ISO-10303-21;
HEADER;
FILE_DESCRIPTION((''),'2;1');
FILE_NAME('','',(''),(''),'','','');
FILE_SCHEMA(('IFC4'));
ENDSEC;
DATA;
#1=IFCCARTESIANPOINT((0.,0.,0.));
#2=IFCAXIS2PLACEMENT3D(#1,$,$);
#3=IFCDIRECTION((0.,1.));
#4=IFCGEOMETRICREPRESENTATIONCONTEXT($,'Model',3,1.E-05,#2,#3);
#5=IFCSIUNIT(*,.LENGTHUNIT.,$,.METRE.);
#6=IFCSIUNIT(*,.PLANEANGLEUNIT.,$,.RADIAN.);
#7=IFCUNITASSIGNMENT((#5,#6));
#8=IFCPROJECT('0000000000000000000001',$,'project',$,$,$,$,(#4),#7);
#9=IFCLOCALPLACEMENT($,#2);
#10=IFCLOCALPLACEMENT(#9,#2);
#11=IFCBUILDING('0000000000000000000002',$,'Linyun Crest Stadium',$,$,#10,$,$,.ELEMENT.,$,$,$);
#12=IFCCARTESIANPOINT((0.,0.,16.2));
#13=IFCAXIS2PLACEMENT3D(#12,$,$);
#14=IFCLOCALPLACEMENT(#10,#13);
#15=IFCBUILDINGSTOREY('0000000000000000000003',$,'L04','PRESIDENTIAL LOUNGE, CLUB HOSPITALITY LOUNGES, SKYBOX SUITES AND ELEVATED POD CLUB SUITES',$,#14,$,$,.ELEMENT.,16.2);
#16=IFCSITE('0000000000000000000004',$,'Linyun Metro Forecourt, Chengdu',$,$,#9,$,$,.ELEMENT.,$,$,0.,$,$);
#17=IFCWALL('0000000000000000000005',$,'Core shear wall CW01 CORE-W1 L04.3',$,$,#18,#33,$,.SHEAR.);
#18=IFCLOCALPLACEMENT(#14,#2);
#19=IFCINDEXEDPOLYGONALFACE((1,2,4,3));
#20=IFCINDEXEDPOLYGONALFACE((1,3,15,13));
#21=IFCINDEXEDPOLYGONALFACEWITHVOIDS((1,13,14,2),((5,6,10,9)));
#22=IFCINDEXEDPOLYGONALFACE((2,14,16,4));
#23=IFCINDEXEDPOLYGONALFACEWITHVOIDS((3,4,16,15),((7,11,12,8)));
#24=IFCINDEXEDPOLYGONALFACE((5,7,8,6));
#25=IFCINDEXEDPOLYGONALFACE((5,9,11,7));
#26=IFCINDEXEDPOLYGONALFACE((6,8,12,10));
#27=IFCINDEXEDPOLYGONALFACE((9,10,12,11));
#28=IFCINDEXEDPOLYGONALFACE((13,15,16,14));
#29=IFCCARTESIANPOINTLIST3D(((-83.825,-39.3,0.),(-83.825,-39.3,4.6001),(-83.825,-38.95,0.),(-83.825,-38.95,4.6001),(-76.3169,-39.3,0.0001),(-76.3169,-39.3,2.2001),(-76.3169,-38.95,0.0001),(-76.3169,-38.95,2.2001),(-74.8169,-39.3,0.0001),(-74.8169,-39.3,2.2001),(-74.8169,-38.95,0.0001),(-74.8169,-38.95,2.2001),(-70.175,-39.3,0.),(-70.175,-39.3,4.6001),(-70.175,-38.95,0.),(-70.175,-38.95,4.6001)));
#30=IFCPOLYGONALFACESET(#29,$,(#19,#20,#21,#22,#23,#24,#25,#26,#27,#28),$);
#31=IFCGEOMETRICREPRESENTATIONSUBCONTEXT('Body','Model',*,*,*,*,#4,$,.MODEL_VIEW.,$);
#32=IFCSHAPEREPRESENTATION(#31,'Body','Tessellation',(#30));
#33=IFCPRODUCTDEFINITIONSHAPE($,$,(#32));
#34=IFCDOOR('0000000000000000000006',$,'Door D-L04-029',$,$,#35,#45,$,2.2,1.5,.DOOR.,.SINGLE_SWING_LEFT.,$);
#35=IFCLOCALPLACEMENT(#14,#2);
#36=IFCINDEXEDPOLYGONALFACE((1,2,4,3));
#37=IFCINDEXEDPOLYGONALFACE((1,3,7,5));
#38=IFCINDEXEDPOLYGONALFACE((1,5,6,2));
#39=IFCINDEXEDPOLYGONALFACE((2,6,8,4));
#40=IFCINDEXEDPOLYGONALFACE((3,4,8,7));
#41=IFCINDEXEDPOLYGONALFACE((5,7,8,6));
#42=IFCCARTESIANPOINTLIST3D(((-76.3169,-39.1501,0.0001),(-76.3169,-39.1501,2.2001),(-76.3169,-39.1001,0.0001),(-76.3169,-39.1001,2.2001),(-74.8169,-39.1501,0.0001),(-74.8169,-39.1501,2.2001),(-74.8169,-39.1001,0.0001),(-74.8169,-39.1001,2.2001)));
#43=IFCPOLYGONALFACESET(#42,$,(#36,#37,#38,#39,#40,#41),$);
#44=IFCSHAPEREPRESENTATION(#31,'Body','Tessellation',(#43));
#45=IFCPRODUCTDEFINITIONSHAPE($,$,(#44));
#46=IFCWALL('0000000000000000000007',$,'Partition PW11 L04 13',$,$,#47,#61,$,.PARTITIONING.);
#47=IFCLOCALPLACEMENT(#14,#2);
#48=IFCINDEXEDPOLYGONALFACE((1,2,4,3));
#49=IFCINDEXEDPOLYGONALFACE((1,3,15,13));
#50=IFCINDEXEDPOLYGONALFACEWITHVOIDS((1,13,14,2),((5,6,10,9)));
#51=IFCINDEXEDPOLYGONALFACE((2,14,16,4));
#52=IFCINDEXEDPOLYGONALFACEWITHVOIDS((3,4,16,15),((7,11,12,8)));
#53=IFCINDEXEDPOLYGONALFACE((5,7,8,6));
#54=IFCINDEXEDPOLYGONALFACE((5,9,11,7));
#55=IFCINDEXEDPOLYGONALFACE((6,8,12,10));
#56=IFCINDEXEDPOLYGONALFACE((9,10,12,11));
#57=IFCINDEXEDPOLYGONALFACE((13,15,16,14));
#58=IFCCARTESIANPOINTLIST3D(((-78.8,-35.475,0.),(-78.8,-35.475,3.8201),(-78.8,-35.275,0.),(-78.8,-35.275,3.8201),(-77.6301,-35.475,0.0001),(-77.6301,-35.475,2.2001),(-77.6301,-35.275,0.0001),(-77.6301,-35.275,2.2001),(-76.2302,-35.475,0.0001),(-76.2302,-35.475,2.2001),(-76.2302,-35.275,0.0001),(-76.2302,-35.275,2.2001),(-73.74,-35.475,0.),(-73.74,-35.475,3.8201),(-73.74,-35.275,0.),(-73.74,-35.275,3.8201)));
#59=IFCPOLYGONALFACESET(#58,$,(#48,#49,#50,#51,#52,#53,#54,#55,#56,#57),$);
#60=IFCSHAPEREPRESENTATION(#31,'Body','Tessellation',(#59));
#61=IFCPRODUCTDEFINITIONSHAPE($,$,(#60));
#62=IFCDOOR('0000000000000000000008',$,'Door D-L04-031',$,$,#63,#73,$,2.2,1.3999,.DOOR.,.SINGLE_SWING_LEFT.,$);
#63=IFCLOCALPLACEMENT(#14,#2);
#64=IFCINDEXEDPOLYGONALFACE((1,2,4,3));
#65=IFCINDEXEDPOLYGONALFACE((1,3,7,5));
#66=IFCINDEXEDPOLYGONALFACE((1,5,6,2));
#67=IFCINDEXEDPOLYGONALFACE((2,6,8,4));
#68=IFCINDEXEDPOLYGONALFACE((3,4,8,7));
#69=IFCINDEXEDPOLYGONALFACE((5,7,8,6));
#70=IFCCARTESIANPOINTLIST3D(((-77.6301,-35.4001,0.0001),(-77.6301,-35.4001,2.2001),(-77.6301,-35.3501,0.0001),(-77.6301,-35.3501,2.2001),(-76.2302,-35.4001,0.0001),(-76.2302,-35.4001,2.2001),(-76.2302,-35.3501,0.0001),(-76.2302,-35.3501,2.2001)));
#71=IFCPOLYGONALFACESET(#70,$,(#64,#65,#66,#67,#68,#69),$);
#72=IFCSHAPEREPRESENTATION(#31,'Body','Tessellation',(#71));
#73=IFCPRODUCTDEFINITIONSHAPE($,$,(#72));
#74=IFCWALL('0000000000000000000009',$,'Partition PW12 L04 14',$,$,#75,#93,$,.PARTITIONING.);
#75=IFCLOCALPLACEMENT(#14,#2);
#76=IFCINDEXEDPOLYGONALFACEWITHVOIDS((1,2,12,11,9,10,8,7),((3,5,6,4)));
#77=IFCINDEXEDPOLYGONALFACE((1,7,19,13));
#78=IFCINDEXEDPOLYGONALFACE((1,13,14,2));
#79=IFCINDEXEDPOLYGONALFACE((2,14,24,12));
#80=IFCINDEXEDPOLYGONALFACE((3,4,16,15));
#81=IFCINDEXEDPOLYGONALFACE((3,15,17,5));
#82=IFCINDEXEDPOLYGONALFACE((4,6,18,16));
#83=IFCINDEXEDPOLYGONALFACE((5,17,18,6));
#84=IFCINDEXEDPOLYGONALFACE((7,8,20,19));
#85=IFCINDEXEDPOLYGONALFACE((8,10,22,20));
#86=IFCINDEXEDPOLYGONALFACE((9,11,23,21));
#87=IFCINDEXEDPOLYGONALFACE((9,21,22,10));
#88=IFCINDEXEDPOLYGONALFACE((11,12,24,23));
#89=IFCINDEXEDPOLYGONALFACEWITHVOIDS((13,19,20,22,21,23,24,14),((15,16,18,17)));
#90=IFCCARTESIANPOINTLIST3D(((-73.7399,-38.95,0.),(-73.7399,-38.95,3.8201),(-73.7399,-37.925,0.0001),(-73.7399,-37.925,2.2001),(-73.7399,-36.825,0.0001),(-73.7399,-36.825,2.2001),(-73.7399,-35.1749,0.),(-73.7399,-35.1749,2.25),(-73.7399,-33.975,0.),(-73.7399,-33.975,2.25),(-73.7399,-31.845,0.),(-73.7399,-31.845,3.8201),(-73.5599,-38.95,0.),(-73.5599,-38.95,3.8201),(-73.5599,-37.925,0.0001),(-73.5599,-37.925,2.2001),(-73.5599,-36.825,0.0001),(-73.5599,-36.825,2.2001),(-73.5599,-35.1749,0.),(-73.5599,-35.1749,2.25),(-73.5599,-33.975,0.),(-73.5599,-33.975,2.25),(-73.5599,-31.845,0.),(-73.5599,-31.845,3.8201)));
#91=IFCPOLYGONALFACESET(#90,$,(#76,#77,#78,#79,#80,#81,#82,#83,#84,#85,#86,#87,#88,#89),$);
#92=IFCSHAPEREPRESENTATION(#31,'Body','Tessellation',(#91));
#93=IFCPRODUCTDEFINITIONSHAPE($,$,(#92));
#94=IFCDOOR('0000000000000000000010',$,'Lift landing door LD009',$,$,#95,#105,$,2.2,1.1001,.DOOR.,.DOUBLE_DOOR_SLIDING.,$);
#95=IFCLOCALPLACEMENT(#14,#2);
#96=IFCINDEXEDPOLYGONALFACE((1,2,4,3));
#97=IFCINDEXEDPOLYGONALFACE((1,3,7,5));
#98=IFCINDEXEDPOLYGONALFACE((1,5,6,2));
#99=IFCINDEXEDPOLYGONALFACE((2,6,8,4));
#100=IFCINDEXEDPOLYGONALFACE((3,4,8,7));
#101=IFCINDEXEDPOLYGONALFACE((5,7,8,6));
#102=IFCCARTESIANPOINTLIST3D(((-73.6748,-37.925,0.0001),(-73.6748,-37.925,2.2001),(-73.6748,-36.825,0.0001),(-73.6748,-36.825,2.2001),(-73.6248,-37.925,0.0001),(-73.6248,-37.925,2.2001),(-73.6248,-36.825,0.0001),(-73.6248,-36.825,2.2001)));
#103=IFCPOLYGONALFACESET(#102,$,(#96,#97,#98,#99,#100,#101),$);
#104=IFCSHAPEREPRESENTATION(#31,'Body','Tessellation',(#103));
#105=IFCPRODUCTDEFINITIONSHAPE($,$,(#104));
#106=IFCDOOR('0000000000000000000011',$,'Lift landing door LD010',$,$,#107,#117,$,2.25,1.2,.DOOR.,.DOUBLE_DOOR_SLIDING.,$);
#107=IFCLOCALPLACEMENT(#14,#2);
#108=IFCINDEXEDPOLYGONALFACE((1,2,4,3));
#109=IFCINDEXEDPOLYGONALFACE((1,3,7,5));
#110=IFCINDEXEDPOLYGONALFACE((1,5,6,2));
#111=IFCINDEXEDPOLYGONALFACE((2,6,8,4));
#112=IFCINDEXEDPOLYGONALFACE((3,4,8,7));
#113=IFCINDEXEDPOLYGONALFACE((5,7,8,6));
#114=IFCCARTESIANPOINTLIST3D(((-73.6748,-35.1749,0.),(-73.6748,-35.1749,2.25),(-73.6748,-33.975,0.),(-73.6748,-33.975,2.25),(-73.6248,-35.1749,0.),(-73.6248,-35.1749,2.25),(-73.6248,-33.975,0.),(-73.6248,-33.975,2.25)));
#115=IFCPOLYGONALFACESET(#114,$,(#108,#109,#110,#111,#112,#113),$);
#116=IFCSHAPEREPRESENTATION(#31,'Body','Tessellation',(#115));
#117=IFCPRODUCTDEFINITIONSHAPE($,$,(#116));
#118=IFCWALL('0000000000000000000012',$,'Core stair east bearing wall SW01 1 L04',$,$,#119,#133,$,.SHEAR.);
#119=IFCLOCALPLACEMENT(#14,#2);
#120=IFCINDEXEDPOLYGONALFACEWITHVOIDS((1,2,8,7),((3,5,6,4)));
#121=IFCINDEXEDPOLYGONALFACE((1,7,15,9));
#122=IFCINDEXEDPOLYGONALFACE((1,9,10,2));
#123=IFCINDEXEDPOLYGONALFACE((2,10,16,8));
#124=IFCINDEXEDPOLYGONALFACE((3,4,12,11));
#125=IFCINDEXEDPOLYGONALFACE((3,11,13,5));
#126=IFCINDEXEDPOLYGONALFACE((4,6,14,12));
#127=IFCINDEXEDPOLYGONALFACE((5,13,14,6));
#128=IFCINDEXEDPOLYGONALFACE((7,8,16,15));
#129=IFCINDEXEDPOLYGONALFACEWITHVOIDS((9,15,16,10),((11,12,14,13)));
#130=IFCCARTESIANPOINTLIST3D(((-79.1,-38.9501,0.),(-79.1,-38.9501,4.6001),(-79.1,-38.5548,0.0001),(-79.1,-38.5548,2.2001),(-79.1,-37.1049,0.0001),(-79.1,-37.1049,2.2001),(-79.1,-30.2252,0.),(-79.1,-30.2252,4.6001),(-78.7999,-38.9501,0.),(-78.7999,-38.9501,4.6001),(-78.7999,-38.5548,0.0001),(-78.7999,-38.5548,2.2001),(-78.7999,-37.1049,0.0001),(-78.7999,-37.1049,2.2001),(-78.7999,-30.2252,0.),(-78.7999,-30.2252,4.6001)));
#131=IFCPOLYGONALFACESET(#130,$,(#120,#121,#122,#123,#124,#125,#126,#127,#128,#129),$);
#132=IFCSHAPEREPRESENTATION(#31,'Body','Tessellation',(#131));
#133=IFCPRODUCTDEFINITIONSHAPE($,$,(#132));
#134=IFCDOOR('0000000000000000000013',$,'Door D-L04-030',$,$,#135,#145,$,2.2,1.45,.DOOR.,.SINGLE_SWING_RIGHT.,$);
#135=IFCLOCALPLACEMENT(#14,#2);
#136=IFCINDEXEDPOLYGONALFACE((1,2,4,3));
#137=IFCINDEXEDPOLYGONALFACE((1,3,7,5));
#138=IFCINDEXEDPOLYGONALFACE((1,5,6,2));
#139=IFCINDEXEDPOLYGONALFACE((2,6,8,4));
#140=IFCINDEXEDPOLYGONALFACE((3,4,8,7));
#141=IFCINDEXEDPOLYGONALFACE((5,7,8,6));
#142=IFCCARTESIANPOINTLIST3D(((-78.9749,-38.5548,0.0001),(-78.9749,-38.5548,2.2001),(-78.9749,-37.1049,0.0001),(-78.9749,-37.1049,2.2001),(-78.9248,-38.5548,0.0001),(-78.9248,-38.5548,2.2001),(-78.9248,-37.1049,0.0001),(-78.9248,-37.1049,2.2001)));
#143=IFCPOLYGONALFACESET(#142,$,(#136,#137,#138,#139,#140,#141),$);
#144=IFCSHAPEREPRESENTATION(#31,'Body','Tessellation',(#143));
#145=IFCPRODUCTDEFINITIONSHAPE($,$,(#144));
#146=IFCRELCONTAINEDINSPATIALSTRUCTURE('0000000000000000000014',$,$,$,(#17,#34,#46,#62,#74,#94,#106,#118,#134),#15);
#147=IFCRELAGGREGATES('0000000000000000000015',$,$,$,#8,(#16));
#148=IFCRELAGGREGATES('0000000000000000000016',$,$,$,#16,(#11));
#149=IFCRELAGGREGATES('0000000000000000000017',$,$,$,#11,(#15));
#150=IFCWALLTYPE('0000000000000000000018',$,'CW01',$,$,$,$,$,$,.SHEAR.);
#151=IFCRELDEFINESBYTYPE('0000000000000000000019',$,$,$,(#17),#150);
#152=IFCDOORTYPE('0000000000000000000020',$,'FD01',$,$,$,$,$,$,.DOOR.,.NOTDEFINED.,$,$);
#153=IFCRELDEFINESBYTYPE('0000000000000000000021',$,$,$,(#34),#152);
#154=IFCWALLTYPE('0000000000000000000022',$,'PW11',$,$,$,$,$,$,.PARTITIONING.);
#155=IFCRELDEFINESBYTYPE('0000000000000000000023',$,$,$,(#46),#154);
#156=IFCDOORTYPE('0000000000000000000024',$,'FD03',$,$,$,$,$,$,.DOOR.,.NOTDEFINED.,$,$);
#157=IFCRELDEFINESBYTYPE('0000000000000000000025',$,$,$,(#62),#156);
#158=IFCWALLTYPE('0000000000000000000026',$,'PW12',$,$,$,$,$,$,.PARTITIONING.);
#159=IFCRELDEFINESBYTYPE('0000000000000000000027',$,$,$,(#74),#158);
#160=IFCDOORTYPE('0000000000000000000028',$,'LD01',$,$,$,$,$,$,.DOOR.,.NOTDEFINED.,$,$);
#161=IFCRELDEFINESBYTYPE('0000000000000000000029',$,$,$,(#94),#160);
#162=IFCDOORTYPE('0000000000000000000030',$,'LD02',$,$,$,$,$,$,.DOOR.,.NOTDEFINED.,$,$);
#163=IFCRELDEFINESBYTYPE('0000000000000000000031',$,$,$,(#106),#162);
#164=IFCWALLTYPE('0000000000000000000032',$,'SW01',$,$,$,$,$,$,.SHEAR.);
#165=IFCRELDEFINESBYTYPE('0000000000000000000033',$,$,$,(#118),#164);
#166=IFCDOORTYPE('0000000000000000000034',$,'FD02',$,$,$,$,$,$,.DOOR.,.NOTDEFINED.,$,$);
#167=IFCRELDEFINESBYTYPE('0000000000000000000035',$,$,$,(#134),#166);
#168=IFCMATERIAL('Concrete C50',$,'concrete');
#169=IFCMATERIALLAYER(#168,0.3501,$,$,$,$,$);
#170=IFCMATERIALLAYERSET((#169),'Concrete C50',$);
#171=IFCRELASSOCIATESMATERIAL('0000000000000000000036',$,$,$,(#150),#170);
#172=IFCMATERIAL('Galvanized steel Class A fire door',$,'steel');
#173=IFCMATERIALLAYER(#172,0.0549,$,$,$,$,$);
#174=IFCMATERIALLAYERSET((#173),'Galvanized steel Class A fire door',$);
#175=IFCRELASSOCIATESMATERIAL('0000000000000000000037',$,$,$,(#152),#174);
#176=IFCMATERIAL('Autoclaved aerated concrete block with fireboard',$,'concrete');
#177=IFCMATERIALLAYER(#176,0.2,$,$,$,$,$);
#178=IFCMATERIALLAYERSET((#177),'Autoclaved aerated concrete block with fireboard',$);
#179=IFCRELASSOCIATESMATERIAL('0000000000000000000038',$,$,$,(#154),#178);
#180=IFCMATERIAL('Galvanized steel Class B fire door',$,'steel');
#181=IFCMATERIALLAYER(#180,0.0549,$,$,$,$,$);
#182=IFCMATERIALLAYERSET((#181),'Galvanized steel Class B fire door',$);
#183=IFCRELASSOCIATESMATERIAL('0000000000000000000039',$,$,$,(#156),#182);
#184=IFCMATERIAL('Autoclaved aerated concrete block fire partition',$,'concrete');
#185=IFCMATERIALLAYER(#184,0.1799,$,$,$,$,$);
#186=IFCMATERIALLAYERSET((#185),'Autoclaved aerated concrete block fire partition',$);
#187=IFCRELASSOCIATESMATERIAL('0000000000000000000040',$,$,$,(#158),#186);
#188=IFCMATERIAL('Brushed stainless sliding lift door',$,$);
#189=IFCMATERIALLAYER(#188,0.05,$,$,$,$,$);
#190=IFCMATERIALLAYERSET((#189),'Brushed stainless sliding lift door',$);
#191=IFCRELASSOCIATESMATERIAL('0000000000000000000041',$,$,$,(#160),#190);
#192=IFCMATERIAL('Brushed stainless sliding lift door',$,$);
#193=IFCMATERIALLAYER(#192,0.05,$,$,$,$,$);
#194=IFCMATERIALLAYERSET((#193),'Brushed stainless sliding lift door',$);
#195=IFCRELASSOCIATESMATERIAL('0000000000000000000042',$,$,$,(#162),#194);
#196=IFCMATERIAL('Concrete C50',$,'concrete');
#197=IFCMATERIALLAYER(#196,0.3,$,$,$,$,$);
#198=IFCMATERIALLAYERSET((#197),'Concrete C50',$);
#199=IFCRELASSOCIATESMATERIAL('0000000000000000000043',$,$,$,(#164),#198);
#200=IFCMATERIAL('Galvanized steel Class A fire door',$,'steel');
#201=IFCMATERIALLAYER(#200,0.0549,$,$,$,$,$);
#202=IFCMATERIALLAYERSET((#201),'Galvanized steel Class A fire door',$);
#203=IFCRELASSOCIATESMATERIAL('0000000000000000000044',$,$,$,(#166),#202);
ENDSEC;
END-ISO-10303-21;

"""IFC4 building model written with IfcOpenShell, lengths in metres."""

from ifc_helpers import new_model, si_unit, direction, frame, frame_2d, origin, place, context, subcontext, project, spatial, rectangle, extrude, material, layer, layer_set, type_object, element, fill, save


model = new_model("IFC4")

# Units and contexts
model_context = context("Model", 3, precision=1e-05, world=origin(), true_north=direction((0.0, 1.0)))
body_context = subcontext(model_context, "Body", "Model", "MODEL_VIEW")
ifc_project = project(units=[si_unit("LENGTHUNIT", "METRE"), si_unit("PLANEANGLEUNIT", "RADIAN")], contexts=[model_context])

# Site, building, storey
site_placement = place(None, origin())
site = spatial("IfcSite", under=ifc_project, at=site_placement, Name="Linyun Metro Forecourt, Chengdu", CompositionType="ELEMENT", RefElevation=0.0)
building_placement = place(site_placement, origin())
building = spatial("IfcBuilding", under=site, at=building_placement, Name="Linyun Crest Stadium", CompositionType="ELEMENT")
storey_placement = place(building_placement, frame((0.0, 0.0, 16.2)))
storey = spatial("IfcBuildingStorey", under=building, at=storey_placement, Name="L04", Description="PRESIDENTIAL LOUNGE, CLUB HOSPITALITY LOUNGES, SKYBOX SUITES AND ELEVATED POD CLUB SUITES", CompositionType="ELEMENT", Elevation=16.2)

# Shared definitions
ifc_material_1 = material(Name="Concrete C50", Category="concrete")
ifc_layer_1 = layer(ifc_material_1, 0.3501)
ifc_layer_set_1 = layer_set([ifc_layer_1], Name="Concrete C50")
wall_type_1 = type_object("IfcWallType", Name="CW01", PredefinedType="SHEAR", material=ifc_layer_set_1)

# Walls, openings, doors
wall_1_placement = place(storey_placement, frame((-83.825, -39.125, 0.0), z_axis=(0.0, 0.0, 1.0), x_axis=(1.0, 0.0, 0.0)))
wall_1 = element("IfcWall", 1, at=wall_1_placement, inside=storey, type_object=wall_type_1, Name="Core shear wall CW01 CORE-W1 L04.3", PredefinedType="SHEAR", context=body_context, shape_type="SweptSolid", body=[
    extrude(rectangle(XDim=13.6499, YDim=0.3501, at=frame_2d((6.825, 0.0))), origin(), (0.0, 0.0, 1.0), 4.6001),
])
opening_1_placement = place(wall_1_placement, frame((7.5081, 0.0, 0.0)))
opening_1 = element("IfcOpeningElement", 2, at=opening_1_placement, cuts=wall_1, PredefinedType="OPENING", context=body_context, shape_type="SweptSolid", body=[
    extrude(rectangle(XDim=1.5, YDim=2.2, at=frame_2d((0.75, 1.1001))), frame((0.0, 0.1851, 0.0), z_axis=(0.0, -1.0, 0.0), x_axis=(1.0, 0.0, 0.0)), (0.0, 0.0, 1.0), 0.3701),
])
ifc_material_2 = material(Name="Galvanized steel Class A fire door", Category="steel")
ifc_layer_2 = layer(ifc_material_2, 0.0549)
ifc_layer_set_2 = layer_set([ifc_layer_2], Name="Galvanized steel Class A fire door")
door_type_1 = type_object("IfcDoorType", Name="FD01", OperationType="NOTDEFINED", PredefinedType="DOOR", material=ifc_layer_set_2)
door_1_placement = place(opening_1_placement, origin())
door_1 = element("IfcDoor", 3, at=door_1_placement, inside=storey, type_object=door_type_1, Name="Door D-L04-029", OperationType="SINGLE_SWING_LEFT", OverallHeight=2.2, OverallWidth=1.5, PredefinedType="DOOR", context=body_context, shape_type="SweptSolid", body=[
    extrude(rectangle(XDim=1.5, YDim=2.2, at=frame_2d((0.75, 1.1001))), frame((0.0, 0.0249, 0.0), z_axis=(0.0, -1.0, 0.0), x_axis=(1.0, 0.0, 0.0)), (0.0, 0.0, 1.0), 0.05),
])
fill(opening_1, door_1)
ifc_material_3 = material(Name="Autoclaved aerated concrete block with fireboard", Category="concrete")
ifc_layer_3 = layer(ifc_material_3, 0.2)
ifc_layer_set_3 = layer_set([ifc_layer_3], Name="Autoclaved aerated concrete block with fireboard")
wall_type_2 = type_object("IfcWallType", Name="PW11", PredefinedType="PARTITIONING", material=ifc_layer_set_3)
wall_2_placement = place(storey_placement, frame((-78.8, -35.375, 0.0), z_axis=(0.0, 0.0, 1.0), x_axis=(1.0, 0.0, 0.0)))
wall_2 = element("IfcWall", 4, at=wall_2_placement, inside=storey, type_object=wall_type_2, Name="Partition PW11 L04 13", PredefinedType="PARTITIONING", context=body_context, shape_type="SweptSolid", body=[
    extrude(rectangle(XDim=5.0601, YDim=0.2, at=frame_2d((2.53, 0.0))), origin(), (0.0, 0.0, 1.0), 3.8201),
])
opening_2_placement = place(wall_2_placement, frame((1.1699, 0.0, 0.0)))
opening_2 = element("IfcOpeningElement", 5, at=opening_2_placement, cuts=wall_2, PredefinedType="OPENING", context=body_context, shape_type="SweptSolid", body=[
    extrude(rectangle(XDim=1.3999, YDim=2.2, at=frame_2d((0.7, 1.1001))), frame((0.0, 0.1099, 0.0), z_axis=(0.0, -1.0, 0.0), x_axis=(1.0, 0.0, 0.0)), (0.0, 0.0, 1.0), 0.22),
])
ifc_material_4 = material(Name="Galvanized steel Class B fire door", Category="steel")
ifc_layer_4 = layer(ifc_material_4, 0.0549)
ifc_layer_set_4 = layer_set([ifc_layer_4], Name="Galvanized steel Class B fire door")
door_type_2 = type_object("IfcDoorType", Name="FD03", OperationType="NOTDEFINED", PredefinedType="DOOR", material=ifc_layer_set_4)
door_2_placement = place(opening_2_placement, origin())
door_2 = element("IfcDoor", 6, at=door_2_placement, inside=storey, type_object=door_type_2, Name="Door D-L04-031", OperationType="SINGLE_SWING_LEFT", OverallHeight=2.2, OverallWidth=1.3999, PredefinedType="DOOR", context=body_context, shape_type="SweptSolid", body=[
    extrude(rectangle(XDim=1.3999, YDim=2.2, at=frame_2d((0.7, 1.1001))), frame((0.0, 0.0249, 0.0), z_axis=(0.0, -1.0, 0.0), x_axis=(1.0, 0.0, 0.0)), (0.0, 0.0, 1.0), 0.05),
])
fill(opening_2, door_2)

# Wall, openings, doors
ifc_material_5 = material(Name="Autoclaved aerated concrete block fire partition", Category="concrete")
ifc_layer_5 = layer(ifc_material_5, 0.1799)
ifc_layer_set_5 = layer_set([ifc_layer_5], Name="Autoclaved aerated concrete block fire partition")
wall_type_3 = type_object("IfcWallType", Name="PW12", PredefinedType="PARTITIONING", material=ifc_layer_set_5)
wall_3_placement = place(storey_placement, frame((-73.6499, -38.95, 0.0), z_axis=(0.0, 0.0, 1.0), x_axis=(0.0, 1.0, 0.0)))
wall_3 = element("IfcWall", 7, at=wall_3_placement, inside=storey, type_object=wall_type_3, Name="Partition PW12 L04 14", PredefinedType="PARTITIONING", context=body_context, shape_type="SweptSolid", body=[
    extrude(rectangle(XDim=7.105, YDim=0.1799, at=frame_2d((3.5525, 0.0))), origin(), (0.0, 0.0, 1.0), 3.8201),
])
opening_3_placement = place(wall_3_placement, frame((1.0249, 0.0, 0.0)))
opening_3 = element("IfcOpeningElement", 8, at=opening_3_placement, cuts=wall_3, PredefinedType="OPENING", context=body_context, shape_type="SweptSolid", body=[
    extrude(rectangle(XDim=1.1001, YDim=2.2, at=frame_2d((0.55, 1.1001))), frame((0.0, 0.0999, 0.0), z_axis=(0.0, -1.0, 0.0), x_axis=(1.0, 0.0, 0.0)), (0.0, 0.0, 1.0), 0.2),
])
opening_4_placement = place(wall_3_placement, frame((3.7749, 0.0, 0.0)))
opening_4 = element("IfcOpeningElement", 9, at=opening_4_placement, cuts=wall_3, PredefinedType="OPENING", context=body_context, shape_type="SweptSolid", body=[
    extrude(rectangle(XDim=1.2, YDim=2.25, at=frame_2d((0.6001, 1.125))), frame((0.0, 0.0999, 0.0), z_axis=(0.0, -1.0, 0.0), x_axis=(1.0, 0.0, 0.0)), (0.0, 0.0, 1.0), 0.2),
])
ifc_material_6 = material(Name="Brushed stainless sliding lift door")
ifc_layer_6 = layer(ifc_material_6, 0.05)
ifc_layer_set_6 = layer_set([ifc_layer_6], Name="Brushed stainless sliding lift door")
door_type_3 = type_object("IfcDoorType", Name="LD01", OperationType="NOTDEFINED", PredefinedType="DOOR", material=ifc_layer_set_6)
door_3_placement = place(opening_3_placement, origin())
door_3 = element("IfcDoor", 10, at=door_3_placement, inside=storey, type_object=door_type_3, Name="Lift landing door LD009", OperationType="DOUBLE_DOOR_SLIDING", OverallHeight=2.2, OverallWidth=1.1001, PredefinedType="DOOR", context=body_context, shape_type="SweptSolid", body=[
    extrude(rectangle(XDim=1.1001, YDim=2.2, at=frame_2d((0.55, 1.1001))), frame((0.0, 0.0249, 0.0), z_axis=(0.0, -1.0, 0.0), x_axis=(1.0, 0.0, 0.0)), (0.0, 0.0, 1.0), 0.05),
])
fill(opening_3, door_3)
ifc_material_7 = material(Name="Brushed stainless sliding lift door")
ifc_layer_7 = layer(ifc_material_7, 0.05)
ifc_layer_set_7 = layer_set([ifc_layer_7], Name="Brushed stainless sliding lift door")
door_type_4 = type_object("IfcDoorType", Name="LD02", OperationType="NOTDEFINED", PredefinedType="DOOR", material=ifc_layer_set_7)
door_4_placement = place(opening_4_placement, origin())
door_4 = element("IfcDoor", 11, at=door_4_placement, inside=storey, type_object=door_type_4, Name="Lift landing door LD010", OperationType="DOUBLE_DOOR_SLIDING", OverallHeight=2.25, OverallWidth=1.2, PredefinedType="DOOR", context=body_context, shape_type="SweptSolid", body=[
    extrude(rectangle(XDim=1.2, YDim=2.25, at=frame_2d((0.6001, 1.125))), frame((0.0, 0.0249, 0.0), z_axis=(0.0, -1.0, 0.0), x_axis=(1.0, 0.0, 0.0)), (0.0, 0.0, 1.0), 0.05),
])
fill(opening_4, door_4)

# Wall, opening, door
ifc_material_8 = material(Name="Concrete C50", Category="concrete")
ifc_layer_8 = layer(ifc_material_8, 0.3)
ifc_layer_set_8 = layer_set([ifc_layer_8], Name="Concrete C50")
wall_type_4 = type_object("IfcWallType", Name="SW01", PredefinedType="SHEAR", material=ifc_layer_set_8)
wall_4_placement = place(storey_placement, frame((-78.95, -38.95, 0.0), z_axis=(0.0, 0.0, 1.0), x_axis=(0.0, 1.0, 0.0)))
wall_4 = element("IfcWall", 12, at=wall_4_placement, inside=storey, type_object=wall_type_4, Name="Core stair east bearing wall SW01 1 L04", PredefinedType="SHEAR", context=body_context, shape_type="SweptSolid", body=[
    extrude(rectangle(XDim=8.7249, YDim=0.3, at=frame_2d((4.3623, 0.0))), origin(), (0.0, 0.0, 1.0), 4.6001),
])
opening_5_placement = place(wall_4_placement, frame((0.395, 0.0, 0.0)))
opening_5 = element("IfcOpeningElement", 13, at=opening_5_placement, cuts=wall_4, PredefinedType="OPENING", context=body_context, shape_type="SweptSolid", body=[
    extrude(rectangle(XDim=1.45, YDim=2.2, at=frame_2d((0.7251, 1.1001))), frame((0.0, 0.1599, 0.0), z_axis=(0.0, -1.0, 0.0), x_axis=(1.0, 0.0, 0.0)), (0.0, 0.0, 1.0), 0.3201),
])
ifc_material_9 = material(Name="Galvanized steel Class A fire door", Category="steel")
ifc_layer_9 = layer(ifc_material_9, 0.0549)
ifc_layer_set_9 = layer_set([ifc_layer_9], Name="Galvanized steel Class A fire door")
door_type_5 = type_object("IfcDoorType", Name="FD02", OperationType="NOTDEFINED", PredefinedType="DOOR", material=ifc_layer_set_9)
door_5_placement = place(opening_5_placement, origin())
door_5 = element("IfcDoor", 14, at=door_5_placement, inside=storey, type_object=door_type_5, Name="Door D-L04-030", OperationType="SINGLE_SWING_RIGHT", OverallHeight=2.2, OverallWidth=1.45, PredefinedType="DOOR", context=body_context, shape_type="SweptSolid", body=[
    extrude(rectangle(XDim=1.45, YDim=2.2, at=frame_2d((0.7251, 1.1001))), frame((0.0, 0.0249, 0.0), z_axis=(0.0, -1.0, 0.0), x_axis=(1.0, 0.0, 0.0)), (0.0, 0.0, 1.0), 0.05),
])
fill(opening_5, door_5)

save(model, "model.ifc")
